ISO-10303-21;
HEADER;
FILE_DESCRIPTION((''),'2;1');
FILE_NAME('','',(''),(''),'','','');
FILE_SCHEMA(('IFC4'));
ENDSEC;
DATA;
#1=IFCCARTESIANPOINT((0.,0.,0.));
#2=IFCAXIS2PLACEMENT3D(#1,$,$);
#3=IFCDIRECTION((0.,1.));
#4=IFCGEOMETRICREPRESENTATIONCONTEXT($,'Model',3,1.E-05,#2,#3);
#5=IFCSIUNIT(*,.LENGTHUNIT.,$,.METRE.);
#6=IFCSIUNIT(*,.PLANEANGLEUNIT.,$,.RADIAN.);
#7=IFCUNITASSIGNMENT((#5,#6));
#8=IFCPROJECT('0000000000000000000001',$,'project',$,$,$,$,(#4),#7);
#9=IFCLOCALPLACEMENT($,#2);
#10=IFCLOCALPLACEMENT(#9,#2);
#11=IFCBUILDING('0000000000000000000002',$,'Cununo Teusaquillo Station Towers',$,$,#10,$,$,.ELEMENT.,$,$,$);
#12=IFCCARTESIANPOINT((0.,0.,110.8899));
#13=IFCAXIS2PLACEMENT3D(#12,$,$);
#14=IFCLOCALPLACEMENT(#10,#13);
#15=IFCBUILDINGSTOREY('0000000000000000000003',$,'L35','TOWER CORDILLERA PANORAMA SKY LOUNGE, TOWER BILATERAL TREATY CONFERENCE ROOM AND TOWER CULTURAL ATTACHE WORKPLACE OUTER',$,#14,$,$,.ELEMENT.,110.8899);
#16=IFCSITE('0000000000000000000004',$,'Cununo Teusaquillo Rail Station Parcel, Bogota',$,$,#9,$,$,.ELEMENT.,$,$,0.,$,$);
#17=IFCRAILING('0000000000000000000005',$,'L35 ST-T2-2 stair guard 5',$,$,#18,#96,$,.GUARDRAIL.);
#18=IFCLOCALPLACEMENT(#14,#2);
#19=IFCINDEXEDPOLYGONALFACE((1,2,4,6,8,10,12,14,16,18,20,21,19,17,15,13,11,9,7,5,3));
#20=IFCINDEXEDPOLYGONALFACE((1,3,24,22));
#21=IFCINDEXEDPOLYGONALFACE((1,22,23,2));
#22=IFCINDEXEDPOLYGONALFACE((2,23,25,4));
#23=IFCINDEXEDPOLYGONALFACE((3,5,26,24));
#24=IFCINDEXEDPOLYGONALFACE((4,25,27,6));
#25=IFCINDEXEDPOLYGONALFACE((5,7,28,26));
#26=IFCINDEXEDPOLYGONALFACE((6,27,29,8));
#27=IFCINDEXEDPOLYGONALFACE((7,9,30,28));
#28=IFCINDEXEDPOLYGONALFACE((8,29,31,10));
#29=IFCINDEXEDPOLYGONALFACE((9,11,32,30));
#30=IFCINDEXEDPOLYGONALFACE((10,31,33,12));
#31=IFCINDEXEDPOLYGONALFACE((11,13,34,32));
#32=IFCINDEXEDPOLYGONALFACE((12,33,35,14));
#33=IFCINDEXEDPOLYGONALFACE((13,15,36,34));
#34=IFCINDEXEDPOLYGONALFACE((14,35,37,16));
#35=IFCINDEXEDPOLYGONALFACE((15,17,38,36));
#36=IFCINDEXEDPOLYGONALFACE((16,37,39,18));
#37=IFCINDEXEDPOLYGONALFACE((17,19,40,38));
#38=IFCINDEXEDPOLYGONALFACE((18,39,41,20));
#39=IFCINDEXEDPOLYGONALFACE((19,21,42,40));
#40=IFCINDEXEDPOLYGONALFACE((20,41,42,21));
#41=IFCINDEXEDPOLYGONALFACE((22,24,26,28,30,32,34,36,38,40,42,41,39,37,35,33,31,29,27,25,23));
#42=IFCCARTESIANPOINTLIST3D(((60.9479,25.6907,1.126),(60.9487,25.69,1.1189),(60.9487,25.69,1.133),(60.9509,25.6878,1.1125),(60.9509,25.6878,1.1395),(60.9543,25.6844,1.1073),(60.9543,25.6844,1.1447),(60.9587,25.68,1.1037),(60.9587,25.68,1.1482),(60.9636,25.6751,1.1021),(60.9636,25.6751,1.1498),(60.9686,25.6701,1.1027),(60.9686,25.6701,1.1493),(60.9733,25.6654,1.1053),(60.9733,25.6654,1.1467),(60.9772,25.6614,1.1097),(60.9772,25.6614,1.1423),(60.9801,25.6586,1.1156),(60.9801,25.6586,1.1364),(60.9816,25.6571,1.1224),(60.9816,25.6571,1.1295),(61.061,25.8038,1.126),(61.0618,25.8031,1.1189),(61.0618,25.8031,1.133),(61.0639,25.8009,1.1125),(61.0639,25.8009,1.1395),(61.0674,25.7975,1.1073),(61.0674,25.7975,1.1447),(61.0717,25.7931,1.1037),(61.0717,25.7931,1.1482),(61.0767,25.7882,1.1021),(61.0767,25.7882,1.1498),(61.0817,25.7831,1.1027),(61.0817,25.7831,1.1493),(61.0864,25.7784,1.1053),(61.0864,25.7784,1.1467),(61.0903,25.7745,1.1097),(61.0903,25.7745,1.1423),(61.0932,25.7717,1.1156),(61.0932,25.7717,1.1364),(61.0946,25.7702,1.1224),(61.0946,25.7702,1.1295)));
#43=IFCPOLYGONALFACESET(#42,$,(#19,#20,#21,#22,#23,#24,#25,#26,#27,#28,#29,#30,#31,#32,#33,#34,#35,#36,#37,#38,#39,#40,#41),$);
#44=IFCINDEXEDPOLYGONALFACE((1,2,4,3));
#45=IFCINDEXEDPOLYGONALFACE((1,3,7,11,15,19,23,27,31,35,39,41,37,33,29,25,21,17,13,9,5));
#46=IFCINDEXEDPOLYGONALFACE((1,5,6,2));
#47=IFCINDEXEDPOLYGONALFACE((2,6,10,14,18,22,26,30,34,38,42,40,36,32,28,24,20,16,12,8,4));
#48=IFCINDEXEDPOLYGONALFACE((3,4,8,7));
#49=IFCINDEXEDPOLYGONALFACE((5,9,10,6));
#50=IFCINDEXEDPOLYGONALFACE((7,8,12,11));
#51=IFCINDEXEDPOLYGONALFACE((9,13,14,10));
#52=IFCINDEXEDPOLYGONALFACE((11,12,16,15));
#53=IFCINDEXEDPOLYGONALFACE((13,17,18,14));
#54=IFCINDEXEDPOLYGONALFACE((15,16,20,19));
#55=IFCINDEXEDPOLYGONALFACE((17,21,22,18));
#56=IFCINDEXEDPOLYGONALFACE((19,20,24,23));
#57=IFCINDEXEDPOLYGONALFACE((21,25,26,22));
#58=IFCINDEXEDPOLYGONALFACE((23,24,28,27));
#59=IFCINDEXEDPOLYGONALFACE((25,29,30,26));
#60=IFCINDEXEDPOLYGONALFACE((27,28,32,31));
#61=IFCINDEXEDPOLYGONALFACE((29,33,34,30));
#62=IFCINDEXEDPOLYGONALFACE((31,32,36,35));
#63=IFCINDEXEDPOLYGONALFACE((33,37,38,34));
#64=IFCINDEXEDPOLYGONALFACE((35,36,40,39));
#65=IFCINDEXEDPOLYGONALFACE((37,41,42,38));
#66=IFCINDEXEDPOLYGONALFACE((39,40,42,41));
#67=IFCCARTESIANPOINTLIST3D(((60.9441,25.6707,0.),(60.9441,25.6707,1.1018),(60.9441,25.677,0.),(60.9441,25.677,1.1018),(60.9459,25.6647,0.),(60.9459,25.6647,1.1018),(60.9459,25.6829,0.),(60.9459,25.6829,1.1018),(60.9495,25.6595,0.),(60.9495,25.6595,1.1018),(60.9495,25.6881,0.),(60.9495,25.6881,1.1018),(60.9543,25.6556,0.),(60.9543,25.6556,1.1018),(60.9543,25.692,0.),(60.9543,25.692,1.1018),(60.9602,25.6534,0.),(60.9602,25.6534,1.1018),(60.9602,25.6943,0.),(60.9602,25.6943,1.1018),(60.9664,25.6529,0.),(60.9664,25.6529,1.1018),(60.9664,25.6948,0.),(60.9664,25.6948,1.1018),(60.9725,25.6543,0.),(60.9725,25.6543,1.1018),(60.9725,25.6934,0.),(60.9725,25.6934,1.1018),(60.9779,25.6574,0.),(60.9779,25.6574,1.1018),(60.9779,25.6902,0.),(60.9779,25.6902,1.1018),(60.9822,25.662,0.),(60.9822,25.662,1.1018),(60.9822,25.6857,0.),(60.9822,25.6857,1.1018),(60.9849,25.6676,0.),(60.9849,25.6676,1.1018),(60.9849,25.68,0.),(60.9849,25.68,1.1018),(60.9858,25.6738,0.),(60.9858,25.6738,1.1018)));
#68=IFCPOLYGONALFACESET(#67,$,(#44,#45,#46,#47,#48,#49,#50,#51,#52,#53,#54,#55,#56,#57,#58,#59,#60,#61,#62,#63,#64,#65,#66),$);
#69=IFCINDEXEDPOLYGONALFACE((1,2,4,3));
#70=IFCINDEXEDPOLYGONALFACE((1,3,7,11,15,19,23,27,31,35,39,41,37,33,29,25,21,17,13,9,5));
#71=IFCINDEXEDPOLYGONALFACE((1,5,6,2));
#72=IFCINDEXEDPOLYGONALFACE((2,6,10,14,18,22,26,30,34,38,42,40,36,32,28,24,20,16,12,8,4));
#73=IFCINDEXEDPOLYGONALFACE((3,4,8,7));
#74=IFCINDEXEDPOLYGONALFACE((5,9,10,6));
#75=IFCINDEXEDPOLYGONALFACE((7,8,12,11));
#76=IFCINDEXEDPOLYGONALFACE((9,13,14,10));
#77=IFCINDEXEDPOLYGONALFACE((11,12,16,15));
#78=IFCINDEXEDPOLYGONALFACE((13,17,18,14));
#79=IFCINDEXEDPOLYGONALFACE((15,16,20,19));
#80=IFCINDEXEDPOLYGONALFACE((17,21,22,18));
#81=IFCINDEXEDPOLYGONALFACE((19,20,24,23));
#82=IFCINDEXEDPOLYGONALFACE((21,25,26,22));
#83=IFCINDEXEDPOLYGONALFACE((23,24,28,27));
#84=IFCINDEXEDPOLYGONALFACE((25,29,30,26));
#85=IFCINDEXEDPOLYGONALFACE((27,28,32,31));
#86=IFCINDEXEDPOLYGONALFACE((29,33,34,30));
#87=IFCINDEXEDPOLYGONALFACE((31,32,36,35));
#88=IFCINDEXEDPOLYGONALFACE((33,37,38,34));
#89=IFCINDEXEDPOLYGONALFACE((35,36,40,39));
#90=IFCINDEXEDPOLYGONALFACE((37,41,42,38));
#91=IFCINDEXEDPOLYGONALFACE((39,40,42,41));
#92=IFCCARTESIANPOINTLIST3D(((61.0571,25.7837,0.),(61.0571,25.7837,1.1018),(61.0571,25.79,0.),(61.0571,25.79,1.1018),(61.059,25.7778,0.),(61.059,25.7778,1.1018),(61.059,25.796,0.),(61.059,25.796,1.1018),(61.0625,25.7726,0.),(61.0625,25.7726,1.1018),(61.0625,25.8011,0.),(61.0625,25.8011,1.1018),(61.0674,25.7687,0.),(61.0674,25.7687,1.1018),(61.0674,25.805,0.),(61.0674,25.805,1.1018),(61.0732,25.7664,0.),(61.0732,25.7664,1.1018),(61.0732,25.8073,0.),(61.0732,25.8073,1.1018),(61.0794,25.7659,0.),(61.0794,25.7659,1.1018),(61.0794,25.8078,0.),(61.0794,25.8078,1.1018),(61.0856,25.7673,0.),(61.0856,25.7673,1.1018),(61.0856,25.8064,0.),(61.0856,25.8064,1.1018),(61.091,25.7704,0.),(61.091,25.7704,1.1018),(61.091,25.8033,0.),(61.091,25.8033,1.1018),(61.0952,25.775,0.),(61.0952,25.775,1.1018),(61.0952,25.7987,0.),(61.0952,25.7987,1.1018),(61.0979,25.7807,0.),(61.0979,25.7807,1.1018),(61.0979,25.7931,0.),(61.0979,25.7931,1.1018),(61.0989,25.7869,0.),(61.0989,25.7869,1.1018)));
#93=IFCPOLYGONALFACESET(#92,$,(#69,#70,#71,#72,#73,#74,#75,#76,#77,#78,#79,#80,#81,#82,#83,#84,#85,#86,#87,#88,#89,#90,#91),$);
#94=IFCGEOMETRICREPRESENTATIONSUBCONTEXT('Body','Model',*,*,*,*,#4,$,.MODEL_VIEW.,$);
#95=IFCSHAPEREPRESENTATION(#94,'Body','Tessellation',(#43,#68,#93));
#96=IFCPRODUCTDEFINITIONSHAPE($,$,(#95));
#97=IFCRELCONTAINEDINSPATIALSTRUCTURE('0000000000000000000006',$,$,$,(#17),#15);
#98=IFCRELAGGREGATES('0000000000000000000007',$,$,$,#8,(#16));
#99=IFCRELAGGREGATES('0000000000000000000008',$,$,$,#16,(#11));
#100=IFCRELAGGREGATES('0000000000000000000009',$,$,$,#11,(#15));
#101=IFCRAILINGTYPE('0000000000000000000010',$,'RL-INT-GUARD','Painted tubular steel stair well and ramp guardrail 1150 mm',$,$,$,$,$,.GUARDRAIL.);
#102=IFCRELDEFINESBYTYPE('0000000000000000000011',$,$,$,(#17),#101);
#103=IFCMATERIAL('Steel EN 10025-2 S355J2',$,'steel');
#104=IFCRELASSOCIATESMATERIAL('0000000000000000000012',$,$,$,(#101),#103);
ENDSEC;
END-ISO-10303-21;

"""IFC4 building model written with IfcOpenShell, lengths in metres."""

from ifc_helpers import new_model, si_unit, direction, frame, origin, origin_2d, place, context, subcontext, project, spatial, circle, extrude, material, type_object, element, save


model = new_model("IFC4")

# Units and contexts
model_context = context("Model", 3, precision=1e-05, world=origin(), true_north=direction((0.0, 1.0)))
body_context = subcontext(model_context, "Body", "Model", "MODEL_VIEW")
ifc_project = project(units=[si_unit("LENGTHUNIT", "METRE"), si_unit("PLANEANGLEUNIT", "RADIAN")], contexts=[model_context])

# Site, building, storey
site_placement = place(None, origin())
site = spatial("IfcSite", under=ifc_project, at=site_placement, Name="Cununo Teusaquillo Rail Station Parcel, Bogota", CompositionType="ELEMENT", RefElevation=0.0)
building_placement = place(site_placement, origin())
building = spatial("IfcBuilding", under=site, at=building_placement, Name="Cununo Teusaquillo Station Towers", CompositionType="ELEMENT")
storey_placement = place(building_placement, frame((0.0, 0.0, 110.8899)))
storey = spatial("IfcBuildingStorey", under=building, at=storey_placement, Name="L35", Description="TOWER CORDILLERA PANORAMA SKY LOUNGE, TOWER BILATERAL TREATY CONFERENCE ROOM AND TOWER CULTURAL ATTACHE WORKPLACE OUTER", CompositionType="ELEMENT", Elevation=110.8899)

# Railing
ifc_material_1 = material(Name="Steel EN 10025-2 S355J2", Category="steel")
railing_type_1 = type_object("IfcRailingType", Name="RL-INT-GUARD", Description="Painted tubular steel stair well and ramp guardrail 1150 mm", PredefinedType="GUARDRAIL", material=ifc_material_1)
railing_1_placement = place(storey_placement, frame((60.9648, 25.6738, 0.0)))
element("IfcRailing", 1, at=railing_1_placement, inside=storey, type_object=railing_type_1, Name="L35 ST-T2-2 stair guard 5", PredefinedType="GUARDRAIL", context=body_context, shape_type="SweptSolid", body=[
    extrude(circle(Radius=0.0239, at=origin_2d()), frame((0.0, 0.0, 1.126), z_axis=(0.707107, 0.707107, 0.0), x_axis=(-0.707107, 0.707107, 0.0)), (0.0, 0.0, 1.0), 0.1599),
    extrude(circle(Radius=0.021, at=origin_2d()), origin(), (0.0, 0.0, 1.0), 1.1018),
    extrude(circle(Radius=0.021, at=origin_2d()), frame((0.113, 0.113, 0.0)), (0.0, 0.0, 1.0), 1.1018),
])

save(model, "model.ifc")
